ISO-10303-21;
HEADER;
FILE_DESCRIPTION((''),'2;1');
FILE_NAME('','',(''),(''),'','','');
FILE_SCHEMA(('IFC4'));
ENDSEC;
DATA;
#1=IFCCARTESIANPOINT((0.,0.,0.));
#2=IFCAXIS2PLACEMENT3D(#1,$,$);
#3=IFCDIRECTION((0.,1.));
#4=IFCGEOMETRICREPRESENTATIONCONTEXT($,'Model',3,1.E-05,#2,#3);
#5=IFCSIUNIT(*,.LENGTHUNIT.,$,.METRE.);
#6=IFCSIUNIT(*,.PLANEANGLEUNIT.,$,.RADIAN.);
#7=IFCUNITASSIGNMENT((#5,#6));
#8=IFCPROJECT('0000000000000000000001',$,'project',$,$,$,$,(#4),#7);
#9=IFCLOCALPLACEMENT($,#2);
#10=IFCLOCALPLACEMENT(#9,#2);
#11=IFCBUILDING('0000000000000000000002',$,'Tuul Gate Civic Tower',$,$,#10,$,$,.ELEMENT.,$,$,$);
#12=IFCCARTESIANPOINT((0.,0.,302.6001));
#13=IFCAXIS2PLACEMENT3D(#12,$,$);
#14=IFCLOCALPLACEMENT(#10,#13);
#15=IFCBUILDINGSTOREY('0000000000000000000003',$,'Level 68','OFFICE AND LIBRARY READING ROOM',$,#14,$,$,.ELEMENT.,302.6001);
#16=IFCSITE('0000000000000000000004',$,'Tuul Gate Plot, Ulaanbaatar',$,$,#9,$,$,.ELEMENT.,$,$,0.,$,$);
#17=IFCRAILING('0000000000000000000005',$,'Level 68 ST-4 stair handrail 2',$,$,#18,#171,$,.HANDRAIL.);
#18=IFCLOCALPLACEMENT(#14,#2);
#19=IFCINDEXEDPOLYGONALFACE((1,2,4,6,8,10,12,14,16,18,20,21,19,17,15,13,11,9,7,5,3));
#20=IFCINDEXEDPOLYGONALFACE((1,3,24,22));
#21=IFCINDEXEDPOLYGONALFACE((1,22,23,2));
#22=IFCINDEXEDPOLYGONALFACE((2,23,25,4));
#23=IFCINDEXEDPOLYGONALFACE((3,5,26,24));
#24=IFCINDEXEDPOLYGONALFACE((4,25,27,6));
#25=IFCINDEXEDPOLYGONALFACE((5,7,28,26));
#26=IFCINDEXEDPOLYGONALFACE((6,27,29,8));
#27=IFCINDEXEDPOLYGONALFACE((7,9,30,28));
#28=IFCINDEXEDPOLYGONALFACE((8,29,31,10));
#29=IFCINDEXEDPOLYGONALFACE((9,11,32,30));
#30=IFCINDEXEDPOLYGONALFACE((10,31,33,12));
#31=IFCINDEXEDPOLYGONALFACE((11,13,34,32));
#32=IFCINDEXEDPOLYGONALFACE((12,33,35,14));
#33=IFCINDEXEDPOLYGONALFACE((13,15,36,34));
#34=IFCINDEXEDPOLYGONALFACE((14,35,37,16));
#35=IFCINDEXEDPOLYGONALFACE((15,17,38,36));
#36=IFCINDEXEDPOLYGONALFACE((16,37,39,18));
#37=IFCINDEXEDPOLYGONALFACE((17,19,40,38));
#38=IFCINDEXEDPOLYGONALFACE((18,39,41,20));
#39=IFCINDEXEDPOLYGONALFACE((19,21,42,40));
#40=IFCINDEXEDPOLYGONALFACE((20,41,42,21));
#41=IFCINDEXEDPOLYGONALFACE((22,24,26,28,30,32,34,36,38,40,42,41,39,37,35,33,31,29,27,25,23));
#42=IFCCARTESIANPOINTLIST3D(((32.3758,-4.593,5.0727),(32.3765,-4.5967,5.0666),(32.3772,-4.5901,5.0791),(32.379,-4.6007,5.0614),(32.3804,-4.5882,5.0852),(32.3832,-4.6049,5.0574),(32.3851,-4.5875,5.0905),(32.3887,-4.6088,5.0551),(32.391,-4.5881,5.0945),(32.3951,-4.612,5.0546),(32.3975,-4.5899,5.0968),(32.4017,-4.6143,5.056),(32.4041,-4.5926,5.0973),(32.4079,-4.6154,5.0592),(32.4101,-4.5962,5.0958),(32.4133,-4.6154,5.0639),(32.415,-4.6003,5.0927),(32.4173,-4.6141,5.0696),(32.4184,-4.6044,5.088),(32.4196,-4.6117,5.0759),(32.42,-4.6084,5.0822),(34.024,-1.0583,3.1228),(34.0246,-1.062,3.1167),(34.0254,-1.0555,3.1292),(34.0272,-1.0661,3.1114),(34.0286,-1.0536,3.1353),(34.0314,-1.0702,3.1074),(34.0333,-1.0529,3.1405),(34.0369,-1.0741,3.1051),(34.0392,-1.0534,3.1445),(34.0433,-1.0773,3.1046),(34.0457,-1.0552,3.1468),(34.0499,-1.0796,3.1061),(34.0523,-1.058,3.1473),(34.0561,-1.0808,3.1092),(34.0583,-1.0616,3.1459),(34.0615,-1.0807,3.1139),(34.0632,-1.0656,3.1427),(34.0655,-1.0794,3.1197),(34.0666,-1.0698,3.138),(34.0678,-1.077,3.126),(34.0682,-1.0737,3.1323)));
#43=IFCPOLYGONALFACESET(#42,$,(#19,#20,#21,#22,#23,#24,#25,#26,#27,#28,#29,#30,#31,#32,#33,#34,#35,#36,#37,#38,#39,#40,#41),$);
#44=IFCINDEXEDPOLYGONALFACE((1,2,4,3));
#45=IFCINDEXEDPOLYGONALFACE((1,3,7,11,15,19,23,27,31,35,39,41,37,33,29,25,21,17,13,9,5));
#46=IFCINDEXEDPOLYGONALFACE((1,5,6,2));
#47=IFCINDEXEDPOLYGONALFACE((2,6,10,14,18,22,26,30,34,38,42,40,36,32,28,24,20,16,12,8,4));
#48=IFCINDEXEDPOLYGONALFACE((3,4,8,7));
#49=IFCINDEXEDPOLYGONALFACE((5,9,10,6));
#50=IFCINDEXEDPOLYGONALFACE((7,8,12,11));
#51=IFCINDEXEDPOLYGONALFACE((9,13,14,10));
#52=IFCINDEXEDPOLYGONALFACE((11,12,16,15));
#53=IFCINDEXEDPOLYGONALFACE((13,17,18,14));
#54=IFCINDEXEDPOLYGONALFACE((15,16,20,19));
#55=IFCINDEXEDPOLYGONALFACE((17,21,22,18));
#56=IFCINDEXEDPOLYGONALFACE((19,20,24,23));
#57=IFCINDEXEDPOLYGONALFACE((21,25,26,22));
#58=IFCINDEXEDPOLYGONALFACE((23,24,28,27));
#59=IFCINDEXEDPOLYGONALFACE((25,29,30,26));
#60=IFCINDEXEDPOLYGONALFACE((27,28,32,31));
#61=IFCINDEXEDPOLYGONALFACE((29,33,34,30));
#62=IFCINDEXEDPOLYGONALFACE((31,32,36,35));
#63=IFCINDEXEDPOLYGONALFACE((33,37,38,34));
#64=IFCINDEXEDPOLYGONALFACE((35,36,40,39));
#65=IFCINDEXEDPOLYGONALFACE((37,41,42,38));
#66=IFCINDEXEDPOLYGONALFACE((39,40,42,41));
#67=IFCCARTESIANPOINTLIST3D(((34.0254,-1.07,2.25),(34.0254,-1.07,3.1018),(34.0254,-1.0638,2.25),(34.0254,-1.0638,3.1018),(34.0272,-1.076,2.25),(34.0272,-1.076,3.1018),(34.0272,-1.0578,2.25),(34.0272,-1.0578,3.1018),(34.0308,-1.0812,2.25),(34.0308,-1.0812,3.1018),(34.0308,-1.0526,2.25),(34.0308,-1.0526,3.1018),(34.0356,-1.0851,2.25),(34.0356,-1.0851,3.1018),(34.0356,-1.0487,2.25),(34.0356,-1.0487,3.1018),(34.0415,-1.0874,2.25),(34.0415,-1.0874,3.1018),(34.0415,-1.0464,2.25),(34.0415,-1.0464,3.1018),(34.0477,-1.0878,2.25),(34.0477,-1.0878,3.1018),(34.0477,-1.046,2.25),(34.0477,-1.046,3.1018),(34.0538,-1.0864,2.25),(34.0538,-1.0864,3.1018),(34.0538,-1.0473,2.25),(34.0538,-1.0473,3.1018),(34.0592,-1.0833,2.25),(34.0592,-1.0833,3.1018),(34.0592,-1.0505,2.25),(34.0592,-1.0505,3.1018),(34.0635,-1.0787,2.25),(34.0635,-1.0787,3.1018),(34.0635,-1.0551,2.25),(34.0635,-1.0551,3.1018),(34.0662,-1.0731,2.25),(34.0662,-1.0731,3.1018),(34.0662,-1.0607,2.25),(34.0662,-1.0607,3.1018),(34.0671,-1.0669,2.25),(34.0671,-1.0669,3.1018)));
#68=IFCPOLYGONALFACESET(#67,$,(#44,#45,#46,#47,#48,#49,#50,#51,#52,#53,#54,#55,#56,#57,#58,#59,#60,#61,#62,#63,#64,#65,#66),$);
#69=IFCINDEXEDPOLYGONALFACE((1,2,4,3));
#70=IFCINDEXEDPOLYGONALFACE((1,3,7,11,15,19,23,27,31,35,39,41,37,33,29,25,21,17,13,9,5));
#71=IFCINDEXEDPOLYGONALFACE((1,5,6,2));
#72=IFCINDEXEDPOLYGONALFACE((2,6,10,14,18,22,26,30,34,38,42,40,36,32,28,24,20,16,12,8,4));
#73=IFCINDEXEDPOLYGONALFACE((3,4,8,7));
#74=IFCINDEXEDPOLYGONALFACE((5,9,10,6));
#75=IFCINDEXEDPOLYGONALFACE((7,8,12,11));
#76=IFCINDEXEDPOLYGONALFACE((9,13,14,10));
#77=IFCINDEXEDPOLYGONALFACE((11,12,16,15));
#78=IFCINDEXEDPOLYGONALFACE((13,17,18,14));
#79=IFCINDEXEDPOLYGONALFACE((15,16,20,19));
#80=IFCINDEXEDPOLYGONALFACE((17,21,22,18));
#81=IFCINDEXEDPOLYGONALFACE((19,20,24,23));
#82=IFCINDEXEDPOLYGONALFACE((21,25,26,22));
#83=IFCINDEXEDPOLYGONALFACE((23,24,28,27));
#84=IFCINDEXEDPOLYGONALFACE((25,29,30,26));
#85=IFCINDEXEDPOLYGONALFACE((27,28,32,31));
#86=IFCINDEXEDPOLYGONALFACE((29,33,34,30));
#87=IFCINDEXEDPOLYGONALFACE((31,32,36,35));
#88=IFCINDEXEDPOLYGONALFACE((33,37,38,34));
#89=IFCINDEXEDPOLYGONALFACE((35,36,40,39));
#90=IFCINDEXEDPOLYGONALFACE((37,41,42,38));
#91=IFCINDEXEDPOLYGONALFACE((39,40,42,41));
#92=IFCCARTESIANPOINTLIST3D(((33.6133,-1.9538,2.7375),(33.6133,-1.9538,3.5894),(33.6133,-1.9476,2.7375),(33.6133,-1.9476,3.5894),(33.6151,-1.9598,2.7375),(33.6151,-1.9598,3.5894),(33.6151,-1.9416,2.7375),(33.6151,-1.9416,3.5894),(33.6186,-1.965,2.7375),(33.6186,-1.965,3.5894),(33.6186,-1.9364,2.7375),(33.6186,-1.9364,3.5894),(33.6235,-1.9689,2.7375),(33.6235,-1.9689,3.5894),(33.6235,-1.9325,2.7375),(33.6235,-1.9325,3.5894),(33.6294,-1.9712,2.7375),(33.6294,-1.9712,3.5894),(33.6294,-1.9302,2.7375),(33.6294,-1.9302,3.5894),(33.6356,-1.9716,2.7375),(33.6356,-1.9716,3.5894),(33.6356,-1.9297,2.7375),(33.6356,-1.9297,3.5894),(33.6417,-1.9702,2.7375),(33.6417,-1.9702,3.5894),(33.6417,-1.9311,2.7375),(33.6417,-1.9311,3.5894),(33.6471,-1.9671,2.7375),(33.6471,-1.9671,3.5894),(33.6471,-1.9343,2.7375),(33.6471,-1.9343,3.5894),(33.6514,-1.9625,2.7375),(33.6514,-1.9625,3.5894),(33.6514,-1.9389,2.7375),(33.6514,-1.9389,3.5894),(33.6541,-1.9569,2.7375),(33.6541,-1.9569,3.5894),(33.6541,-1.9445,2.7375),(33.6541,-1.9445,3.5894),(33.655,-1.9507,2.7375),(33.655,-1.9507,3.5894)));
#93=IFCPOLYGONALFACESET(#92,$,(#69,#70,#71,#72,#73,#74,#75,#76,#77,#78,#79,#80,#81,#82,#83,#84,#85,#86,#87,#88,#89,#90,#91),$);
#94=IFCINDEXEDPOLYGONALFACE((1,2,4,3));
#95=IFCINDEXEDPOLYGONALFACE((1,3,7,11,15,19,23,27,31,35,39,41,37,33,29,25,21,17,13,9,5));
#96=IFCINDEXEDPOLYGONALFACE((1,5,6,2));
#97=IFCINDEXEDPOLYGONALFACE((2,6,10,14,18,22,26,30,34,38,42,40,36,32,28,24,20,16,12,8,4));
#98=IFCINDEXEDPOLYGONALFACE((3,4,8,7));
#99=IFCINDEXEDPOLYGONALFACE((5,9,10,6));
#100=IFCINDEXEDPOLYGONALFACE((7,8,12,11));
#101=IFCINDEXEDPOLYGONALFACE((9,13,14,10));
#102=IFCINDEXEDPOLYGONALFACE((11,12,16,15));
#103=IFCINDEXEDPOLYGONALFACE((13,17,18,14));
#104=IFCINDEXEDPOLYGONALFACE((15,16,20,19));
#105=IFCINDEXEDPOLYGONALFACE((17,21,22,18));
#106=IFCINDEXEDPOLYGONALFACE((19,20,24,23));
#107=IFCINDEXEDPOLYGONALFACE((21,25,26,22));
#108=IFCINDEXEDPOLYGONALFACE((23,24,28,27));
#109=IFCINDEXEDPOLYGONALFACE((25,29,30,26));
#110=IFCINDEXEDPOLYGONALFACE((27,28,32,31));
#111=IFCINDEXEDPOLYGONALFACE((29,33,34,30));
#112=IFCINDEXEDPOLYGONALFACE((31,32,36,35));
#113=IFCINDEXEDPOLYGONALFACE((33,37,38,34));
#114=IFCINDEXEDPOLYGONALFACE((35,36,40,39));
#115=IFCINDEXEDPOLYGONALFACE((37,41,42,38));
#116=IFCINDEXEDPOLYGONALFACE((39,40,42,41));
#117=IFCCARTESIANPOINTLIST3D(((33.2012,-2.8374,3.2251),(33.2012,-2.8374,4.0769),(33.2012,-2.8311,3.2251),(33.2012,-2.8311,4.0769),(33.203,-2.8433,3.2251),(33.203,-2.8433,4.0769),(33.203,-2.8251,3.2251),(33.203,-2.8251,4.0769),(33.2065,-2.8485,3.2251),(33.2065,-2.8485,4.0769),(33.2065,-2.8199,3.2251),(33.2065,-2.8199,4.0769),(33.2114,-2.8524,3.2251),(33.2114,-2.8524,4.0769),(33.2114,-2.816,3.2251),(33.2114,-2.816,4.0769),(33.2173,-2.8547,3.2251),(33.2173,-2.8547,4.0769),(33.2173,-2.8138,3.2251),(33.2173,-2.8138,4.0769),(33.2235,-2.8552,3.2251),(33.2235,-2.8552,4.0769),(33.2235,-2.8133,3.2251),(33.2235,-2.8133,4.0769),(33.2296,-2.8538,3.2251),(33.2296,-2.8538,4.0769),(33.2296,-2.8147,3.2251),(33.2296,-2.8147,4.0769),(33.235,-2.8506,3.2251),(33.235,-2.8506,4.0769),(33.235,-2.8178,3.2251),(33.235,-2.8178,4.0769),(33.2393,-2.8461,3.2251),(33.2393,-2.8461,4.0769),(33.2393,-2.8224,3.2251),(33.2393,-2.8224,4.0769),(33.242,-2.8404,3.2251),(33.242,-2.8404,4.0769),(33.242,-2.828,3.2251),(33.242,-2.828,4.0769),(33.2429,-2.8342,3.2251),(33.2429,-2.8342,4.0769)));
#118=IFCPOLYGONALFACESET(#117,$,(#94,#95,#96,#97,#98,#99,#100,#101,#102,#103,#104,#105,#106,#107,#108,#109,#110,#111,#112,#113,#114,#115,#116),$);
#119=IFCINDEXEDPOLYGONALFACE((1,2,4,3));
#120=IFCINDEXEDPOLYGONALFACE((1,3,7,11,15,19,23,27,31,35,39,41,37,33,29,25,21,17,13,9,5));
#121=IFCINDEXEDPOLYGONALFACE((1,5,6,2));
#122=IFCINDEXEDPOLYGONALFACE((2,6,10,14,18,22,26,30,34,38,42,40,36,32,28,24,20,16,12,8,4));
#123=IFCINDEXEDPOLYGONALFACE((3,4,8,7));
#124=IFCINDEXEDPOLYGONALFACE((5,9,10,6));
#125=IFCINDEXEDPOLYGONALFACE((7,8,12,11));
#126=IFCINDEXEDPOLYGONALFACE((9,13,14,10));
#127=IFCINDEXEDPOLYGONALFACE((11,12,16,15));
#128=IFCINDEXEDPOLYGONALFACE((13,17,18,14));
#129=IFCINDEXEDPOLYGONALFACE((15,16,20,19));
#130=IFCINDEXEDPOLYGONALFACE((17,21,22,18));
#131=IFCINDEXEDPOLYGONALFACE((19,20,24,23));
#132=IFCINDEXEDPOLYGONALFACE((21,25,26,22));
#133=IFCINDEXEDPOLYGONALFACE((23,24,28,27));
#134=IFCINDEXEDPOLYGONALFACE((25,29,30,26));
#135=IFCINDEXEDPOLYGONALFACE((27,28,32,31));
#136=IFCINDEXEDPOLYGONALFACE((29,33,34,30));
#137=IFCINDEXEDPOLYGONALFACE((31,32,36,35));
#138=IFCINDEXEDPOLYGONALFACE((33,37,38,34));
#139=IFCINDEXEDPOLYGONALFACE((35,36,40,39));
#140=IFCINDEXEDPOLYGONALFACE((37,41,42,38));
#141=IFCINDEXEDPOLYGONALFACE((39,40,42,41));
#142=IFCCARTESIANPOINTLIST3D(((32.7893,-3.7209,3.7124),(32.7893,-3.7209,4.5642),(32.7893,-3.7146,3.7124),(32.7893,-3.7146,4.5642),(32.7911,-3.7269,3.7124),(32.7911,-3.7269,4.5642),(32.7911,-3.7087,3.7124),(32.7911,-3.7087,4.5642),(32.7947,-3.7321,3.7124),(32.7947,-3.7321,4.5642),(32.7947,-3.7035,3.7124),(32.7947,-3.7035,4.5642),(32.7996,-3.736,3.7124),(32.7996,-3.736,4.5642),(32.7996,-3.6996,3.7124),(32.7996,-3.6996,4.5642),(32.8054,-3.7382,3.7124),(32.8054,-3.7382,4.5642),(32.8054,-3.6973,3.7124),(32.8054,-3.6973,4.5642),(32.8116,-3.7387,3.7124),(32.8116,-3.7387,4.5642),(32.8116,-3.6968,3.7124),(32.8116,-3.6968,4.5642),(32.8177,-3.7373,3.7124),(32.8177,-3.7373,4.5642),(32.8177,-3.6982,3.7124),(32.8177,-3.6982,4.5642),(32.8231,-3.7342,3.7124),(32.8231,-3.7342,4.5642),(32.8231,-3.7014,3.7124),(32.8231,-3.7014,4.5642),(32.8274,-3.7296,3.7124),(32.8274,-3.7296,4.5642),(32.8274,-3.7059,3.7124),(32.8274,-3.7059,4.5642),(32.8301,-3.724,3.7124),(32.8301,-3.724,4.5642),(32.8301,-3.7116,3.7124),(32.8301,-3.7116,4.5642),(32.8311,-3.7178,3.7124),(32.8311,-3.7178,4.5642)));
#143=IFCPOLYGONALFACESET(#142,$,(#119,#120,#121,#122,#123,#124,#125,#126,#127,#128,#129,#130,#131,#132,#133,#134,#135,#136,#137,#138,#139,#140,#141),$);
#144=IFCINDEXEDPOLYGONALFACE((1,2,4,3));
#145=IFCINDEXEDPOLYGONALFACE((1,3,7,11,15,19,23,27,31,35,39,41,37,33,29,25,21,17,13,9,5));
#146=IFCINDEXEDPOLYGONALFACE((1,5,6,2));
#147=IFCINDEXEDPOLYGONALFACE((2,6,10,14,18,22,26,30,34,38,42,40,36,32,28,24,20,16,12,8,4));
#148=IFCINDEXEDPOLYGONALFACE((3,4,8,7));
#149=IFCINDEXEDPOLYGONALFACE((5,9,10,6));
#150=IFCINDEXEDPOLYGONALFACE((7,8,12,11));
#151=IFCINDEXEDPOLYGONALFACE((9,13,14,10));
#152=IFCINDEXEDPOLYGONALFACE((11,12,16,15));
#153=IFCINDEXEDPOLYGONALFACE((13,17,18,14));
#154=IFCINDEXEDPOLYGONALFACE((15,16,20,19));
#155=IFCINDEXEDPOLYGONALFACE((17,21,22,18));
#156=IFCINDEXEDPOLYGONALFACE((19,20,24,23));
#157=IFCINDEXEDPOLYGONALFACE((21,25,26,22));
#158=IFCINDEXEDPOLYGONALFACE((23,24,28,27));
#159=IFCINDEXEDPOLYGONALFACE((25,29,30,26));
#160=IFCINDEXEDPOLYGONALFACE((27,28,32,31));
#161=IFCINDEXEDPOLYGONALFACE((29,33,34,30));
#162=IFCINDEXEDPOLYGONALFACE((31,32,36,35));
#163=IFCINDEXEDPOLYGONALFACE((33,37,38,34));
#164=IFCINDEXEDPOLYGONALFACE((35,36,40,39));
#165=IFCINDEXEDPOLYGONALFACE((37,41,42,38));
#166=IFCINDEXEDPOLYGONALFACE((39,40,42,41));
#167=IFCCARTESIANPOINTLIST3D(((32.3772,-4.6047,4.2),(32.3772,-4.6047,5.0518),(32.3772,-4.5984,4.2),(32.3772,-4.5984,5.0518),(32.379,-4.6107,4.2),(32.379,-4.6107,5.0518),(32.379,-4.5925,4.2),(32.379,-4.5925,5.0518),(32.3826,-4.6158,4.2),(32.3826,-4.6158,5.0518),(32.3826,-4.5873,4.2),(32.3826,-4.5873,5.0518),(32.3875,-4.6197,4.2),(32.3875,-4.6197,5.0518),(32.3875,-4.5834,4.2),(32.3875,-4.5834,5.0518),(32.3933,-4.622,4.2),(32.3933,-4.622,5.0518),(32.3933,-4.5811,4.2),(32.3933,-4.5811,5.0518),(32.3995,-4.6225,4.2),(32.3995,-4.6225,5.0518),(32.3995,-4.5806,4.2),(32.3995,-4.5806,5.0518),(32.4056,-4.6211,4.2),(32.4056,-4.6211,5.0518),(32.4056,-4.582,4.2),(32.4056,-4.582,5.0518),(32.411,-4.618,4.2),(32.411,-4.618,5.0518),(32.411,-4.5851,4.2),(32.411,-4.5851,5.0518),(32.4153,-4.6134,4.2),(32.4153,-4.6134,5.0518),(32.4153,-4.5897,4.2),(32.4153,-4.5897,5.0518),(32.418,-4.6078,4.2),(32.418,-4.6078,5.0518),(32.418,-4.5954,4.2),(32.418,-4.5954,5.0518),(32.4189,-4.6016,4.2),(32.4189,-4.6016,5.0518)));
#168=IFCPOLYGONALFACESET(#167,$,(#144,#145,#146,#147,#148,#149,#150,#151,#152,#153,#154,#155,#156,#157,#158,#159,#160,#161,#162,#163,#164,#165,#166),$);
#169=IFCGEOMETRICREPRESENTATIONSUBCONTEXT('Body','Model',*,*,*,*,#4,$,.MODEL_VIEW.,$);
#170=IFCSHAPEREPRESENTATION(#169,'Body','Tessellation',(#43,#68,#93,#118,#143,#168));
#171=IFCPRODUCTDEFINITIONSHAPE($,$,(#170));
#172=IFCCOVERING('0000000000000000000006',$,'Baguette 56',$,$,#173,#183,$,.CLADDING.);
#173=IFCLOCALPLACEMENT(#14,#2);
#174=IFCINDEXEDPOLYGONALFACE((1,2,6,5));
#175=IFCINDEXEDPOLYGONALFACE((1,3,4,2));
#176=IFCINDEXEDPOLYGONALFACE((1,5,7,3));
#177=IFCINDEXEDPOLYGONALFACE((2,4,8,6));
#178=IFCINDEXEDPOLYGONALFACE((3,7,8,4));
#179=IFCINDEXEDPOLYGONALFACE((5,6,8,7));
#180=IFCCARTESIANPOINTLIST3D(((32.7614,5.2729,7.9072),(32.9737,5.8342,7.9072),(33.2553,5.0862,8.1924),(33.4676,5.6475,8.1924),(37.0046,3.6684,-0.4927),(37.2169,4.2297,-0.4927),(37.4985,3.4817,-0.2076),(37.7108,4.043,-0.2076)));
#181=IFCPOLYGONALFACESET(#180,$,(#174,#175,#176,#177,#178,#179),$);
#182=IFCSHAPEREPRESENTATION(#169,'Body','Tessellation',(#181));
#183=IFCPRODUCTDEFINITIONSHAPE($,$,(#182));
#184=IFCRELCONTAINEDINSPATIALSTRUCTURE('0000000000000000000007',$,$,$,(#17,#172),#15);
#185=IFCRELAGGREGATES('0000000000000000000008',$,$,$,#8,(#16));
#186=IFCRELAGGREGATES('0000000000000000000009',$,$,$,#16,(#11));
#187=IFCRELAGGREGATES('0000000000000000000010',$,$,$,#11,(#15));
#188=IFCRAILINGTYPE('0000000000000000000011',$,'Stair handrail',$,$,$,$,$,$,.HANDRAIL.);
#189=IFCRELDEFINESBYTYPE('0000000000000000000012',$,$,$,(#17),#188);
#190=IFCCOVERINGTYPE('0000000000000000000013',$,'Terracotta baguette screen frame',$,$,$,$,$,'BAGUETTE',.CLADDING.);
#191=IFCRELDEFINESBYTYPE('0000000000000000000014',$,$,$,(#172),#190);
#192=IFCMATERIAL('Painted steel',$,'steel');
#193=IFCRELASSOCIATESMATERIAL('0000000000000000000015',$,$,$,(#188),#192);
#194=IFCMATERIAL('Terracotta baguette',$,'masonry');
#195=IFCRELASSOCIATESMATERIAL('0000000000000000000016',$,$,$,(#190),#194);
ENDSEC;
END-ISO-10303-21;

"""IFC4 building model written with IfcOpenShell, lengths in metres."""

from ifc_helpers import new_model, si_unit, direction, frame, origin, origin_2d, place, context, subcontext, project, spatial, rectangle, circle, extrude, material, material_profile, profile_set, type_object, element, save


model = new_model("IFC4")

# Units and contexts
model_context = context("Model", 3, precision=1e-05, world=origin(), true_north=direction((0.0, 1.0)))
body_context = subcontext(model_context, "Body", "Model", "MODEL_VIEW")
ifc_project = project(units=[si_unit("LENGTHUNIT", "METRE"), si_unit("PLANEANGLEUNIT", "RADIAN")], contexts=[model_context])

# Site, building, storey
site_placement = place(None, origin())
site = spatial("IfcSite", under=ifc_project, at=site_placement, Name="Tuul Gate Plot, Ulaanbaatar", CompositionType="ELEMENT", RefElevation=0.0)
building_placement = place(site_placement, origin())
building = spatial("IfcBuilding", under=site, at=building_placement, Name="Tuul Gate Civic Tower", CompositionType="ELEMENT")
storey_placement = place(building_placement, frame((0.0, 0.0, 302.6001)))
storey = spatial("IfcBuildingStorey", under=building, at=storey_placement, Name="Level 68", Description="OFFICE AND LIBRARY READING ROOM", CompositionType="ELEMENT", Elevation=302.6001)

# Railing
ifc_material_1 = material(Name="Painted steel", Category="steel")
railing_type = type_object("IfcRailingType", Name="Stair handrail", PredefinedType="HANDRAIL", material=ifc_material_1)
railing_placement = place(storey_placement, frame((34.0461, -1.0669, 2.25)))
element("IfcRailing", 1, at=railing_placement, inside=storey, type_object=railing_type, Name="Level 68 ST-4 stair handrail 2", PredefinedType="HANDRAIL", context=body_context, shape_type="SweptSolid", body=[
    extrude(circle(Radius=0.0239, at=origin_2d()), frame((0.0, 0.0, 0.876), z_axis=(-0.377995, -0.810637, 0.4472), x_axis=(0.906313, -0.422608, 0.0)), (0.0, 0.0, 1.0), 4.3604),
    extrude(circle(Radius=0.021, at=origin_2d()), origin(), (0.0, 0.0, 1.0), 0.8518),
    extrude(circle(Radius=0.021, at=origin_2d()), frame((-0.4121, -0.8838, 0.4875)), (0.0, 0.0, 1.0), 0.8518),
    extrude(circle(Radius=0.021, at=origin_2d()), frame((-0.8242, -1.7673, 0.9751)), (0.0, 0.0, 1.0), 0.8518),
    extrude(circle(Radius=0.021, at=origin_2d()), frame((-1.2361, -2.6509, 1.4624)), (0.0, 0.0, 1.0), 0.8518),
    extrude(circle(Radius=0.021, at=origin_2d()), frame((-1.6482, -3.5347, 1.95)), (0.0, 0.0, 1.0), 0.8518),
])

# Covering
ifc_material_2 = material(Name="Terracotta baguette", Category="masonry")
ifc_material_profile_1 = material_profile(ifc_material_2, rectangle(XDim=0.6001, YDim=0.6001, at=origin_2d()), Name="Terracotta baguette screen frame")
ifc_profile_set_1 = profile_set([ifc_material_profile_1], Name="Terracotta baguette")
covering_type = type_object("IfcCoveringType", Name="Terracotta baguette screen frame", ElementType="BAGUETTE", PredefinedType="CLADDING", material=ifc_profile_set_1)
covering_placement = place(storey_placement, frame((33.1145, 5.4602, 8.0498), z_axis=(0.44447, -0.16807, -0.879886), x_axis=(0.353694, 0.935361, 0.0)))
element("IfcCovering", 2, at=covering_placement, inside=storey, type_object=covering_type, Name="Baguette 56", PredefinedType="CLADDING", context=body_context, shape_type="SweptSolid", body=[
    extrude(rectangle(XDim=0.6001, YDim=0.6001, at=origin_2d()), origin(), (0.0, 0.0, 1.0), 9.5466),
])

save(model, "model.ifc")
